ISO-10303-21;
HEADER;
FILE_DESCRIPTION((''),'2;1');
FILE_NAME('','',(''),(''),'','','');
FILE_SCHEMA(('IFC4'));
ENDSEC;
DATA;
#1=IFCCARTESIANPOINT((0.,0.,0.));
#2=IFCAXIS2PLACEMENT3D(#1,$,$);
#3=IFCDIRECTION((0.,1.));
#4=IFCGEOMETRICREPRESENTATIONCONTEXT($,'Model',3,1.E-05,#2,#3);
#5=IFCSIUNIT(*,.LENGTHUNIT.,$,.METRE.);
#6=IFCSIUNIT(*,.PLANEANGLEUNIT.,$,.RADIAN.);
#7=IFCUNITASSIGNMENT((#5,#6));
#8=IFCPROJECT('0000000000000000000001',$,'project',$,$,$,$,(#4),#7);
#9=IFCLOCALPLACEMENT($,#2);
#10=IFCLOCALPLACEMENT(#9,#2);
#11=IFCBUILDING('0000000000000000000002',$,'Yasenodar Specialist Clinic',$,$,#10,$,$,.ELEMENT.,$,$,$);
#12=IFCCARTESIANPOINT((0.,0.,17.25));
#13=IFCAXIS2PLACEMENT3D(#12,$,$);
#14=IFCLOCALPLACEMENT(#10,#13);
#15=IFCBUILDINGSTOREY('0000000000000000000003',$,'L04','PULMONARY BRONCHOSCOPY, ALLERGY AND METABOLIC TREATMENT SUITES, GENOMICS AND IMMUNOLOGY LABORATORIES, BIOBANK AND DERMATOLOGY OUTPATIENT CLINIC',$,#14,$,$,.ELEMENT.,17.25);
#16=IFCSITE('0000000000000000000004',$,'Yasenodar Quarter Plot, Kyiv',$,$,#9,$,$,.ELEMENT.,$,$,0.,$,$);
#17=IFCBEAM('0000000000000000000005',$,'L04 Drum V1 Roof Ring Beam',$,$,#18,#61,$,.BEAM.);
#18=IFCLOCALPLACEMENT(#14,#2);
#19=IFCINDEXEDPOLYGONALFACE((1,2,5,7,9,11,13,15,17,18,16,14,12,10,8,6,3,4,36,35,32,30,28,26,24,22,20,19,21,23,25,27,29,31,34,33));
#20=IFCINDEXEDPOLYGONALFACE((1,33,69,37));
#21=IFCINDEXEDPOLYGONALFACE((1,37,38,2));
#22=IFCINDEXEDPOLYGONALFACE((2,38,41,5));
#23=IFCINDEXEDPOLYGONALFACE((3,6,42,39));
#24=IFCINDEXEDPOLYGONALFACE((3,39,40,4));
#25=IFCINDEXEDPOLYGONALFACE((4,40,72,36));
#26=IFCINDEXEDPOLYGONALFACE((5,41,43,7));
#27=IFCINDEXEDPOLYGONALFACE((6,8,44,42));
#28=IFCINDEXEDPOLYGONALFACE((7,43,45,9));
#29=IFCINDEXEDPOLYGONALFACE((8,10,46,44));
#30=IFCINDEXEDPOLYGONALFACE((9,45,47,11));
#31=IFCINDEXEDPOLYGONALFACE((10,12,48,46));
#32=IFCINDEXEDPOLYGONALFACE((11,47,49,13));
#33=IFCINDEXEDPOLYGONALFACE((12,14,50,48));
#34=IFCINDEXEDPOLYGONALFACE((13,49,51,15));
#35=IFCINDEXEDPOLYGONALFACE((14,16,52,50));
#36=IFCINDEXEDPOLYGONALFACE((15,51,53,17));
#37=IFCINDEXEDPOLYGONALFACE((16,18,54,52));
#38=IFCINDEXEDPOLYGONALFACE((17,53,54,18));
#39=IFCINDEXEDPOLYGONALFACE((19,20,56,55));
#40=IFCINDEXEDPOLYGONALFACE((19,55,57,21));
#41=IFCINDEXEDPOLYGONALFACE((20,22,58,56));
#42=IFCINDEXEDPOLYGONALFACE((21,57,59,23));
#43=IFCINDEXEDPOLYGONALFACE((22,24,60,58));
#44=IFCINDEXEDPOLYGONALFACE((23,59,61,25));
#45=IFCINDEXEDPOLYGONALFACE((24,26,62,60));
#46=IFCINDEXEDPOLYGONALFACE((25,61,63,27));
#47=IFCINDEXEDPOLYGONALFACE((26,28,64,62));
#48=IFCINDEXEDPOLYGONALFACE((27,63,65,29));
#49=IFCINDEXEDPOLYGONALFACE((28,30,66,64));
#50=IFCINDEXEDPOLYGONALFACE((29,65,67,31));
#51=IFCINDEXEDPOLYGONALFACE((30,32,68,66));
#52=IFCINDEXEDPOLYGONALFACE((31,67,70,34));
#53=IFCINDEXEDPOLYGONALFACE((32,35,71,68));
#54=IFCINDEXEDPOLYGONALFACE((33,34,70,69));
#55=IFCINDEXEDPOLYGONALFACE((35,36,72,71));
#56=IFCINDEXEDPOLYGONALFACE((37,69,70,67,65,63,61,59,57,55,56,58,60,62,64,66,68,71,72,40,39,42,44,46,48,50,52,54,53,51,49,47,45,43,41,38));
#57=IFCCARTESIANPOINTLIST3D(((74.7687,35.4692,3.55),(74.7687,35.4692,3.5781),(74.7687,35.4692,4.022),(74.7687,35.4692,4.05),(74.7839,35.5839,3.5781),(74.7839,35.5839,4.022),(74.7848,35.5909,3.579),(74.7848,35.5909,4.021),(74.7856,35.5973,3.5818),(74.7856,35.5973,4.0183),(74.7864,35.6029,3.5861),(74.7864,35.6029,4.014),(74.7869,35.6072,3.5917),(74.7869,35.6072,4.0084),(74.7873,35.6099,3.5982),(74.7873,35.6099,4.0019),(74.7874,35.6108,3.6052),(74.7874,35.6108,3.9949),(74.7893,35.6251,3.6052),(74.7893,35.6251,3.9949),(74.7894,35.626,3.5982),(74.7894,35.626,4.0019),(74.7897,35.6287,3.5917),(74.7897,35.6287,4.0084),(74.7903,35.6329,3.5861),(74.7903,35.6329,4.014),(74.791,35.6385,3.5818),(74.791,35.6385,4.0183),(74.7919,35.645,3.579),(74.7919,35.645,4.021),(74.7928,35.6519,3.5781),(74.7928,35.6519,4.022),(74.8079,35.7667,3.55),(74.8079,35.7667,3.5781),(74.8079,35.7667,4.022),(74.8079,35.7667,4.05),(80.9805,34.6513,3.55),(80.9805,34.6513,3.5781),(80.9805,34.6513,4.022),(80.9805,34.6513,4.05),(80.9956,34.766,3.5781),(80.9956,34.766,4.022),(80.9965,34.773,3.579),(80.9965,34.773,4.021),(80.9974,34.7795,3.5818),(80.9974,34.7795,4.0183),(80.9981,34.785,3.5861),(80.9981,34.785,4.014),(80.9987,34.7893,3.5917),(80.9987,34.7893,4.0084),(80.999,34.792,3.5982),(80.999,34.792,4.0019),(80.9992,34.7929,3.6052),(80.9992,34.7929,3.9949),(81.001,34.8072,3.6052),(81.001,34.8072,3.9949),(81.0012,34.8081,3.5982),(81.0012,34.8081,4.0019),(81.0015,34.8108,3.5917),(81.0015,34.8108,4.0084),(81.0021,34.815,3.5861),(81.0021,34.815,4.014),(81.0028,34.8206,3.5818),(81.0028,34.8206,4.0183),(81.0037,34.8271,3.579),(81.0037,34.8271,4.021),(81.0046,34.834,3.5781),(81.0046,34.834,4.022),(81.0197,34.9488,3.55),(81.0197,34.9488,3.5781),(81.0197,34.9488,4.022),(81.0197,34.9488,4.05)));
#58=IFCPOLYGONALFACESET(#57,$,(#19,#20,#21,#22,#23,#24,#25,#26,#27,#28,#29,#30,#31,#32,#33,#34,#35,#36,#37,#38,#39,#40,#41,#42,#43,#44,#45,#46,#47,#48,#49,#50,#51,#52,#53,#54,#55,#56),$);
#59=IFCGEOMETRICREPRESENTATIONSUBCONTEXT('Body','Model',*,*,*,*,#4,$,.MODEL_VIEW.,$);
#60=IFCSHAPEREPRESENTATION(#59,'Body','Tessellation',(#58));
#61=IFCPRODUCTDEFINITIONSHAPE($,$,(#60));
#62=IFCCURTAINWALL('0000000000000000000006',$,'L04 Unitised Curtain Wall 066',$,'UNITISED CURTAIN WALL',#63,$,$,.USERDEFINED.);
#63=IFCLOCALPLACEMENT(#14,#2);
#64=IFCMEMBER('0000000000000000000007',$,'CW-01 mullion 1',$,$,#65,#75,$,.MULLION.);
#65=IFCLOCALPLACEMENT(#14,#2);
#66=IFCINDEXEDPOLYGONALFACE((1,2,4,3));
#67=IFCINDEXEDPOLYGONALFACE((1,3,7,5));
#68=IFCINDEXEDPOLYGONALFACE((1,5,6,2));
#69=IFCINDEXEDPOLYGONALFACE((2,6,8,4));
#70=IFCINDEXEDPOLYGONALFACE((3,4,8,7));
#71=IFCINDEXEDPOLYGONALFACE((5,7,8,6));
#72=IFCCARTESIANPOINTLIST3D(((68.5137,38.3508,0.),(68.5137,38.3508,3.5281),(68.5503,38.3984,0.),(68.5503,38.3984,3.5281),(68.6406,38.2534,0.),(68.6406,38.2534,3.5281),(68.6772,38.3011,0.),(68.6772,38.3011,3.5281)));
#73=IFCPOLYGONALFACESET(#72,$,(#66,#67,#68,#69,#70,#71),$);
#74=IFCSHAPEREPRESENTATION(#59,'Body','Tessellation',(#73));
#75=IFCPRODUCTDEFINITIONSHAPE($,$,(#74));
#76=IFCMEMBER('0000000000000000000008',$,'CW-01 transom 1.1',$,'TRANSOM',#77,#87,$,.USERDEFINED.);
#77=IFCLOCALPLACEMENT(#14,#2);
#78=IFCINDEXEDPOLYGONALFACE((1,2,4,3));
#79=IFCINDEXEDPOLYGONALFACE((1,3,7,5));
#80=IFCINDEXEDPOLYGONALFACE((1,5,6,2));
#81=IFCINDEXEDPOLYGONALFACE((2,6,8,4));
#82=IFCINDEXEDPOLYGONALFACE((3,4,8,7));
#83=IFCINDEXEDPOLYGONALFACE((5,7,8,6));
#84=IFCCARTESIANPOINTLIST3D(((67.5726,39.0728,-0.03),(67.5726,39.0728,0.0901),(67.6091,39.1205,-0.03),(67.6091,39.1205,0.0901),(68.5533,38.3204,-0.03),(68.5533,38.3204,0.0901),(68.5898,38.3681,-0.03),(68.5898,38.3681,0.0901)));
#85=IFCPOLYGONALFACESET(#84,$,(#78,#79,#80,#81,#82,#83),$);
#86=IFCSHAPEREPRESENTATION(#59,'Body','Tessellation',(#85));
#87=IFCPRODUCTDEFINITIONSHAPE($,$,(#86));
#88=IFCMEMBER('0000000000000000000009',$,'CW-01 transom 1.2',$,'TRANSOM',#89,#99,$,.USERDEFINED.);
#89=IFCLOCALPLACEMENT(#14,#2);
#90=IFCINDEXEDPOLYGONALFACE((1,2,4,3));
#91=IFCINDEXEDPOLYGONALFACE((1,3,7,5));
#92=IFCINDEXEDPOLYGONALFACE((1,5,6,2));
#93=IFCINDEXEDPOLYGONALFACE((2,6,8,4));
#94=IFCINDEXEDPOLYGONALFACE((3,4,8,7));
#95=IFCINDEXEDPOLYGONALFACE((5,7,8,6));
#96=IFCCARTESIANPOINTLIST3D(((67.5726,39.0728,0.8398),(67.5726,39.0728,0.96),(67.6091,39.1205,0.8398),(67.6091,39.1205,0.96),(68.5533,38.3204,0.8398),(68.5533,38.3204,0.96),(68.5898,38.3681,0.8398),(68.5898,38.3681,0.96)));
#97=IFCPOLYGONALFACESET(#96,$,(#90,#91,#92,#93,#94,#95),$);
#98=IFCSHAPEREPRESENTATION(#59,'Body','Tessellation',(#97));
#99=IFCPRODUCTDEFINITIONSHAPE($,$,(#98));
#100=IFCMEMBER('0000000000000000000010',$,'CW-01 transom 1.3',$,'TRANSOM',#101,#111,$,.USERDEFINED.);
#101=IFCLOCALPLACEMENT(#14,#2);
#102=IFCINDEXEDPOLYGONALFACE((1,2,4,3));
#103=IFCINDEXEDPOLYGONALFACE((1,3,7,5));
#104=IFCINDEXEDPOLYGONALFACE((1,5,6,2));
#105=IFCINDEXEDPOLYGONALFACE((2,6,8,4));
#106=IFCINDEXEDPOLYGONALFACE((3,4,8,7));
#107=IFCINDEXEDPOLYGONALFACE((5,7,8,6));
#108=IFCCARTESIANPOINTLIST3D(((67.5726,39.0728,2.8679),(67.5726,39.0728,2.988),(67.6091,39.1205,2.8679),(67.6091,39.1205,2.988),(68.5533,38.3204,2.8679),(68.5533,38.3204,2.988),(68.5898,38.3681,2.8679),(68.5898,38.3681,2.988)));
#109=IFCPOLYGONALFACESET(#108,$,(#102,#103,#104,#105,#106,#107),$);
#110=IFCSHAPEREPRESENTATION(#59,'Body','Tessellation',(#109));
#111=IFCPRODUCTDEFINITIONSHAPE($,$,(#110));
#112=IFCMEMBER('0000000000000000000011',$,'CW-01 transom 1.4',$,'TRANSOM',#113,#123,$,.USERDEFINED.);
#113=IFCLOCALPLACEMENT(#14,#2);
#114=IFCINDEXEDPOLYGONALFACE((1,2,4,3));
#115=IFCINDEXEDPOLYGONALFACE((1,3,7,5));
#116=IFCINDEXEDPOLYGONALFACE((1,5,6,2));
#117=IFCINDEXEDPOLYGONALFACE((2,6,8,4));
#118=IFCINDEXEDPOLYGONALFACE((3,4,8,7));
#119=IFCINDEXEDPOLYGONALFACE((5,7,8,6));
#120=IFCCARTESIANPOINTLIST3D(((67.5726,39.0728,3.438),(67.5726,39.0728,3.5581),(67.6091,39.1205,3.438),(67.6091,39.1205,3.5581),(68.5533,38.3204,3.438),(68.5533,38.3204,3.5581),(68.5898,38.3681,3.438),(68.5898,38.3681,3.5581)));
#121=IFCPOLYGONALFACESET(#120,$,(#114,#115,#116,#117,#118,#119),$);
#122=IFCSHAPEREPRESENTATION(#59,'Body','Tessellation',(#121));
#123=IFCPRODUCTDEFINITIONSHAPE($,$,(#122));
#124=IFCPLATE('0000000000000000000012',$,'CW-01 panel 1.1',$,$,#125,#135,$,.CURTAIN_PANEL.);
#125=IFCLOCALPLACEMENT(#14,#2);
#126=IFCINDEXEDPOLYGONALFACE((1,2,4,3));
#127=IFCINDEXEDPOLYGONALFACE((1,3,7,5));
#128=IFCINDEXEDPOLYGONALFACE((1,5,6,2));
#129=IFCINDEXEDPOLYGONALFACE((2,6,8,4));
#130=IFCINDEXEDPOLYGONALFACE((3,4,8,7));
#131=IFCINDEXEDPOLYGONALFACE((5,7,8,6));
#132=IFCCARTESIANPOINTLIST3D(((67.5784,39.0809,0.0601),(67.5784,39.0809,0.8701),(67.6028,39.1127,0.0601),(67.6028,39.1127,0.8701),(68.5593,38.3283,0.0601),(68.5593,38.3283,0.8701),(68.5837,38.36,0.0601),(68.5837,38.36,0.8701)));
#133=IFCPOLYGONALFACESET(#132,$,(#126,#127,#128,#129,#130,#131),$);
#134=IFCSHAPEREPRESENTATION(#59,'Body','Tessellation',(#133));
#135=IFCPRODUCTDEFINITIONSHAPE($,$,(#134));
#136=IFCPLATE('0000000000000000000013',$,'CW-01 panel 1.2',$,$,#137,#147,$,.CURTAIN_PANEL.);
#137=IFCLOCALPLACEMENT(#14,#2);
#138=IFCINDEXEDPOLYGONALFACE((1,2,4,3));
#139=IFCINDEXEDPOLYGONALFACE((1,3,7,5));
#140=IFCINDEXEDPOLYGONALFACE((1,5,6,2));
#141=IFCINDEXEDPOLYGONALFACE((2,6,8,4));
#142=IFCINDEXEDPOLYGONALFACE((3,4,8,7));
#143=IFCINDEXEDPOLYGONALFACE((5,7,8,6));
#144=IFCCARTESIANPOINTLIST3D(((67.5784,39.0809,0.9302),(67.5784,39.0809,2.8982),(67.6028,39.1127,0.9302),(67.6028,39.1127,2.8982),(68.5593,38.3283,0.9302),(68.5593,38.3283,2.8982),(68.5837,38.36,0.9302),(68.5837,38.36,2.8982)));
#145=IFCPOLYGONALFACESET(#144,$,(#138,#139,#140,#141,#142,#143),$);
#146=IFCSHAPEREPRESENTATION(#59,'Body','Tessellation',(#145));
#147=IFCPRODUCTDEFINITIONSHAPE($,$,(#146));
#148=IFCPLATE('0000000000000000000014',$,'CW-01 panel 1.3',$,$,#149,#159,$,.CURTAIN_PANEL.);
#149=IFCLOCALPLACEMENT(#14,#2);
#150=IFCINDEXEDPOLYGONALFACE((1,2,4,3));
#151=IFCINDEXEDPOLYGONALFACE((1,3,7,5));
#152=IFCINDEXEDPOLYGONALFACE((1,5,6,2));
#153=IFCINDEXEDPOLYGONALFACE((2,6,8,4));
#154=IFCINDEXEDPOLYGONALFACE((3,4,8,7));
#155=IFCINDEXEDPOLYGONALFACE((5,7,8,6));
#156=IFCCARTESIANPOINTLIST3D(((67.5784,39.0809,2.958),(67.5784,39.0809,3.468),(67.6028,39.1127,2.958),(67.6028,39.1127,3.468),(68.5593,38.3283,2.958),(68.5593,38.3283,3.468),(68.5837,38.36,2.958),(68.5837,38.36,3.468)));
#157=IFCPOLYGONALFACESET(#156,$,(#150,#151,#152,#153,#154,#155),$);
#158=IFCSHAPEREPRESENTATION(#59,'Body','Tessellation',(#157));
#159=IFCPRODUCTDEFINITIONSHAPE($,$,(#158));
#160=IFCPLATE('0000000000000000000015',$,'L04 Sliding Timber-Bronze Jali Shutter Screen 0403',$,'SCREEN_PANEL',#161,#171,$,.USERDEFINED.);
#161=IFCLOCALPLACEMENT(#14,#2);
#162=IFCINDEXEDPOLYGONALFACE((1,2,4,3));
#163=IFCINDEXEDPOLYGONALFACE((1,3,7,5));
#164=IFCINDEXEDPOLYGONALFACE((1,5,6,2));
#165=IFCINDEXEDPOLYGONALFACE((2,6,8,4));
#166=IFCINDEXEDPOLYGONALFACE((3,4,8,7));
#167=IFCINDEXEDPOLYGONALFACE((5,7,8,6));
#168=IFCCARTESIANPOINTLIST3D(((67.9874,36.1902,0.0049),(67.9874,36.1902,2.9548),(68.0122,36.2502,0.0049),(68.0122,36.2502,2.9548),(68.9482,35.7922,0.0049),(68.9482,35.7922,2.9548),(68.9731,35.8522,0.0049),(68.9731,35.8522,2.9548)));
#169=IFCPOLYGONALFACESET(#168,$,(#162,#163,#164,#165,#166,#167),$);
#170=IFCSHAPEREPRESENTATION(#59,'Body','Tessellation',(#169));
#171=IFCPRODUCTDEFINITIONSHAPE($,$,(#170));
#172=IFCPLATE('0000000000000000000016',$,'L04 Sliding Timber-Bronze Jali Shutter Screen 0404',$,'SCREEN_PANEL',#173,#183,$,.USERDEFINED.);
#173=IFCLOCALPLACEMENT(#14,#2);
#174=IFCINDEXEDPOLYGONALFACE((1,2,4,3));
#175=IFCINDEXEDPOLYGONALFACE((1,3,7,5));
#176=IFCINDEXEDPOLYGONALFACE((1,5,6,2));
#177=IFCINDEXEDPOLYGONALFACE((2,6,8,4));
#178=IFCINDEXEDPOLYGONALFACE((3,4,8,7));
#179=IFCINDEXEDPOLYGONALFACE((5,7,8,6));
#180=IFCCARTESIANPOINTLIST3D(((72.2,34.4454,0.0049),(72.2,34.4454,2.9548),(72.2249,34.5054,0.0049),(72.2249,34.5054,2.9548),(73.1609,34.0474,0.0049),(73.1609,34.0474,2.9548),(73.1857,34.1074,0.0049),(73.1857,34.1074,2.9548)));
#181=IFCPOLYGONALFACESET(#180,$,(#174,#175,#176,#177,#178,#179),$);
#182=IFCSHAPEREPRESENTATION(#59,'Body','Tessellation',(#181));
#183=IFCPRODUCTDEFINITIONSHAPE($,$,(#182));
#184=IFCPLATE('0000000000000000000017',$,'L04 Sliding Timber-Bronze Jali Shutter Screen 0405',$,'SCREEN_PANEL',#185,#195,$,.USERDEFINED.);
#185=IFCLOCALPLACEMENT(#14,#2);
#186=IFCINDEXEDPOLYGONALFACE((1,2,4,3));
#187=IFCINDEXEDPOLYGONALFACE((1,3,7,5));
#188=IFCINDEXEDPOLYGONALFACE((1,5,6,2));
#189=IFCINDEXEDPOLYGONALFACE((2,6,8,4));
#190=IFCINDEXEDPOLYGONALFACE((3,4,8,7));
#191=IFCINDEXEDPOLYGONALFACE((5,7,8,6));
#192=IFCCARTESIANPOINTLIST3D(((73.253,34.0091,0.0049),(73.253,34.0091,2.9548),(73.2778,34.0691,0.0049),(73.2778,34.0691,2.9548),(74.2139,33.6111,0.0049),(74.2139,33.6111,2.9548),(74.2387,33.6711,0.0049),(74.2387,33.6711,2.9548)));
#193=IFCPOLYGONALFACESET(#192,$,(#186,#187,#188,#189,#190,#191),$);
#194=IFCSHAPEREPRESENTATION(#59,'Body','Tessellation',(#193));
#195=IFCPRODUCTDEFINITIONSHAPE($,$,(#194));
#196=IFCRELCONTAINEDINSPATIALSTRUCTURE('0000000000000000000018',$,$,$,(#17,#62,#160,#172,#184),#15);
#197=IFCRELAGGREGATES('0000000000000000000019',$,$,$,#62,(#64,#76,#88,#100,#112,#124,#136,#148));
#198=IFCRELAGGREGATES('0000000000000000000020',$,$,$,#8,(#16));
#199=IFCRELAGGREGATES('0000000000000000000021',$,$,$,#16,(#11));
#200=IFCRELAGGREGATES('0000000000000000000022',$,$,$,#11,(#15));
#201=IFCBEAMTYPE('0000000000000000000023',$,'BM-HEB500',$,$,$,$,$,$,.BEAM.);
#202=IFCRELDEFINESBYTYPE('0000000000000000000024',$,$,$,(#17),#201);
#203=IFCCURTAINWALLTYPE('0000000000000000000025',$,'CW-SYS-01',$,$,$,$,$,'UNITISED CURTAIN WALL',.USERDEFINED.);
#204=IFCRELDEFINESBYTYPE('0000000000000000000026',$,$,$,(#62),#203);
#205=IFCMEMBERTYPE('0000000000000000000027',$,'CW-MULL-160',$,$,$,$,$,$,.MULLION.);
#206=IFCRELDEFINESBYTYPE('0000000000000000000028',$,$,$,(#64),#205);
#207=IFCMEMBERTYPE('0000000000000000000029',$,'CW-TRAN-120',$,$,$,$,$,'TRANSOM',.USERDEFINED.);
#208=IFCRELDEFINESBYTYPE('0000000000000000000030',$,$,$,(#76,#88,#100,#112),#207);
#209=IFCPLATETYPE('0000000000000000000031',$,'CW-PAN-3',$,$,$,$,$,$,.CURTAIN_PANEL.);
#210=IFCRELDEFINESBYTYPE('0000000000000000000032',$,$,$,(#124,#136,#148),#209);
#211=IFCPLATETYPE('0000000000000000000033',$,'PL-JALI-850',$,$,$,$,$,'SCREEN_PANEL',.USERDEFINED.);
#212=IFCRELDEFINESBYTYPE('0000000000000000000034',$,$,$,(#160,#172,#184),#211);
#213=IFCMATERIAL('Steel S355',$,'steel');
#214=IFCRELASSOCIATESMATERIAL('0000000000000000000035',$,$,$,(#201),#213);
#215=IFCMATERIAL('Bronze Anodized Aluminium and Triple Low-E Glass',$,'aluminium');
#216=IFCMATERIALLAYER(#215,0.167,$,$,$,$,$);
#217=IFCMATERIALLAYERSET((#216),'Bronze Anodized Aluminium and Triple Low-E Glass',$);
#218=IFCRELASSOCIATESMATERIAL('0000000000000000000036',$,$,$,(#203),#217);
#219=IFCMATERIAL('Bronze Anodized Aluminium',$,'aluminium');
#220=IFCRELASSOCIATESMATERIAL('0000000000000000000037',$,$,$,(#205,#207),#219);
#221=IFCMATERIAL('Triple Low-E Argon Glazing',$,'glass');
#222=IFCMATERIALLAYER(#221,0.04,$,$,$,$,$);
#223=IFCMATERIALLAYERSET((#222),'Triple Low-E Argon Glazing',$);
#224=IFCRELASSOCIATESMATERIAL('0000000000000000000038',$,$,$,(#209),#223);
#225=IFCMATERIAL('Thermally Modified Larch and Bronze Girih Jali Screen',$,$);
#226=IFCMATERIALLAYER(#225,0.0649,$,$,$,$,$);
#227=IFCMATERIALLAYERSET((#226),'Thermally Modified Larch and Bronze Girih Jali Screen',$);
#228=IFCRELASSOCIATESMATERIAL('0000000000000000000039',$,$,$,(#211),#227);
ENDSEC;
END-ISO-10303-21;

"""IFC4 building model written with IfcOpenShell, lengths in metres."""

from ifc_helpers import new_model, si_unit, direction, frame, origin, origin_2d, place, context, subcontext, project, spatial, rectangle, i_section, extrude, material, layer, layer_set, material_profile, profile_set, type_object, element, aggregate, save


model = new_model("IFC4")

# Units and contexts
model_context = context("Model", 3, precision=1e-05, world=origin(), true_north=direction((0.0, 1.0)))
body_context = subcontext(model_context, "Body", "Model", "MODEL_VIEW")
ifc_project = project(units=[si_unit("LENGTHUNIT", "METRE"), si_unit("PLANEANGLEUNIT", "RADIAN")], contexts=[model_context])

# Site, building, storey
site_placement = place(None, origin())
site = spatial("IfcSite", under=ifc_project, at=site_placement, Name="Yasenodar Quarter Plot, Kyiv", CompositionType="ELEMENT", RefElevation=0.0)
building_placement = place(site_placement, origin())
building = spatial("IfcBuilding", under=site, at=building_placement, Name="Yasenodar Specialist Clinic", CompositionType="ELEMENT")
storey_placement = place(building_placement, frame((0.0, 0.0, 17.25)))
storey = spatial("IfcBuildingStorey", under=building, at=storey_placement, Name="L04", Description="PULMONARY BRONCHOSCOPY, ALLERGY AND METABOLIC TREATMENT SUITES, GENOMICS AND IMMUNOLOGY LABORATORIES, BIOBANK AND DERMATOLOGY OUTPATIENT CLINIC", CompositionType="ELEMENT", Elevation=17.25)

# Shared definitions
ifc_material_1 = material(Name="Steel S355", Category="steel")

# Beam
ifc_material_profile_1 = material_profile(ifc_material_1, i_section(OverallWidth=0.3, OverallDepth=0.5, WebThickness=0.0144, FlangeThickness=0.0281, FilletRadius=0.0271, at=origin_2d()), Name="HEB 500")
ifc_profile_set_1 = profile_set([ifc_material_profile_1], Name="Steel S355")
beam_type = type_object("IfcBeamType", Name="BM-HEB500", PredefinedType="BEAM", material=ifc_profile_set_1)
beam_1_placement = place(storey_placement, frame((74.7883, 35.6179, 3.8), z_axis=(0.991443, -0.13054, 0.0), x_axis=(0.13054, 0.991443, 0.0)))
element("IfcBeam", 1, at=beam_1_placement, inside=storey, type_object=beam_type, Name="L04 Drum V1 Roof Ring Beam", PredefinedType="BEAM", context=body_context, shape_type="SweptSolid", body=[
    extrude(i_section(OverallWidth=0.3, OverallDepth=0.5, WebThickness=0.0144, FlangeThickness=0.0281, FilletRadius=0.0271, at=origin_2d()), origin(), (0.0, 0.0, 1.0), 6.2654),
])

# Curtain wall, members, plates
ifc_material_2 = material(Name="Bronze Anodized Aluminium and Triple Low-E Glass", Category="aluminium")
ifc_layer_1 = layer(ifc_material_2, 0.167)
ifc_layer_set_1 = layer_set([ifc_layer_1], Name="Bronze Anodized Aluminium and Triple Low-E Glass")
curtain_wall_type = type_object("IfcCurtainWallType", Name="CW-SYS-01", ElementType="UNITISED CURTAIN WALL", PredefinedType="USERDEFINED", material=ifc_layer_set_1)
curtain_wall_placement = place(storey_placement, origin())
curtain_wall = element("IfcCurtainWall", 2, at=curtain_wall_placement, inside=storey, type_object=curtain_wall_type, Name="L04 Unitised Curtain Wall 066", ObjectType="UNITISED CURTAIN WALL", PredefinedType="USERDEFINED")
ifc_material_3 = material(Name="Bronze Anodized Aluminium", Category="aluminium")
ifc_material_profile_2 = material_profile(ifc_material_3, rectangle(XDim=0.0601, YDim=0.1599, at=origin_2d()), Name="CW-MULL 60x160")
ifc_profile_set_2 = profile_set([ifc_material_profile_2], Name="Bronze Anodized Aluminium")
member_type_1 = type_object("IfcMemberType", Name="CW-MULL-160", PredefinedType="MULLION", material=ifc_profile_set_2)
member_1_placement = place(storey_placement, frame((68.5955, 38.3259, 0.0), z_axis=(0.0, 0.0, 1.0), x_axis=(-0.608752, -0.793361, 0.0)))
member_1 = element("IfcMember", 3, at=member_1_placement, type_object=member_type_1, Name="CW-01 mullion 1", PredefinedType="MULLION", context=body_context, shape_type="SweptSolid", body=[
    extrude(rectangle(XDim=0.0601, YDim=0.1599, at=origin_2d()), origin(), (0.0, 0.0, 1.0), 3.5281),
])
ifc_material_profile_3 = material_profile(ifc_material_3, rectangle(XDim=0.0601, YDim=0.1201, at=origin_2d()), Name="CW-TRAN 60x120")
ifc_profile_set_3 = profile_set([ifc_material_profile_3], Name="Bronze Anodized Aluminium")
member_type_2 = type_object("IfcMemberType", Name="CW-TRAN-120", ElementType="TRANSOM", PredefinedType="USERDEFINED", material=ifc_profile_set_3)
member_2_placement = place(storey_placement, frame((68.5715, 38.3442, 0.03), z_axis=(-0.793387, 0.608718, 0.0), x_axis=(-0.608718, -0.793387, 0.0)))
member_2 = element("IfcMember", 4, at=member_2_placement, type_object=member_type_2, Name="CW-01 transom 1.1", ObjectType="TRANSOM", PredefinedType="USERDEFINED", context=body_context, shape_type="SweptSolid", body=[
    extrude(rectangle(XDim=0.0601, YDim=0.1201, at=origin_2d()), origin(), (0.0, 0.0, 1.0), 1.2361),
])
member_3_placement = place(storey_placement, frame((68.5715, 38.3442, 0.8999), z_axis=(-0.793387, 0.608718, 0.0), x_axis=(-0.608718, -0.793387, 0.0)))
member_3 = element("IfcMember", 5, at=member_3_placement, type_object=member_type_2, Name="CW-01 transom 1.2", ObjectType="TRANSOM", PredefinedType="USERDEFINED", context=body_context, shape_type="SweptSolid", body=[
    extrude(rectangle(XDim=0.0601, YDim=0.1201, at=origin_2d()), origin(), (0.0, 0.0, 1.0), 1.2361),
])
member_4_placement = place(storey_placement, frame((68.5715, 38.3442, 2.928), z_axis=(-0.793387, 0.608718, 0.0), x_axis=(-0.608718, -0.793387, 0.0)))
member_4 = element("IfcMember", 6, at=member_4_placement, type_object=member_type_2, Name="CW-01 transom 1.3", ObjectType="TRANSOM", PredefinedType="USERDEFINED", context=body_context, shape_type="SweptSolid", body=[
    extrude(rectangle(XDim=0.0601, YDim=0.1201, at=origin_2d()), origin(), (0.0, 0.0, 1.0), 1.2361),
])
member_5_placement = place(storey_placement, frame((68.5715, 38.3442, 3.498), z_axis=(-0.793387, 0.608718, 0.0), x_axis=(-0.608718, -0.793387, 0.0)))
member_5 = element("IfcMember", 7, at=member_5_placement, type_object=member_type_2, Name="CW-01 transom 1.4", ObjectType="TRANSOM", PredefinedType="USERDEFINED", context=body_context, shape_type="SweptSolid", body=[
    extrude(rectangle(XDim=0.0601, YDim=0.1201, at=origin_2d()), origin(), (0.0, 0.0, 1.0), 1.2361),
])
ifc_material_4 = material(Name="Triple Low-E Argon Glazing", Category="glass")
ifc_layer_2 = layer(ifc_material_4, 0.04)
ifc_layer_set_2 = layer_set([ifc_layer_2], Name="Triple Low-E Argon Glazing")
plate_type_1 = type_object("IfcPlateType", Name="CW-PAN-3", PredefinedType="CURTAIN_PANEL", material=ifc_layer_set_2)
plate_1_placement = place(storey_placement, frame((68.0811, 38.7205, 0.0601), z_axis=(0.0, 0.0, 1.0), x_axis=(-0.793361, 0.608752, 0.0)))
plate_1 = element("IfcPlate", 8, at=plate_1_placement, type_object=plate_type_1, Name="CW-01 panel 1.1", PredefinedType="CURTAIN_PANEL", context=body_context, shape_type="SweptSolid", body=[
    extrude(rectangle(XDim=1.2363, YDim=0.04, at=origin_2d()), origin(), (0.0, 0.0, 1.0), 0.8101),
])
plate_2_placement = place(storey_placement, frame((68.0811, 38.7205, 0.9302), z_axis=(0.0, 0.0, 1.0), x_axis=(-0.793361, 0.608752, 0.0)))
plate_2 = element("IfcPlate", 9, at=plate_2_placement, type_object=plate_type_1, Name="CW-01 panel 1.2", PredefinedType="CURTAIN_PANEL", context=body_context, shape_type="SweptSolid", body=[
    extrude(rectangle(XDim=1.2363, YDim=0.04, at=origin_2d()), origin(), (0.0, 0.0, 1.0), 1.968),
])
plate_3_placement = place(storey_placement, frame((68.0811, 38.7205, 2.958), z_axis=(0.0, 0.0, 1.0), x_axis=(-0.793361, 0.608752, 0.0)))
plate_3 = element("IfcPlate", 10, at=plate_3_placement, type_object=plate_type_1, Name="CW-01 panel 1.3", PredefinedType="CURTAIN_PANEL", context=body_context, shape_type="SweptSolid", body=[
    extrude(rectangle(XDim=1.2363, YDim=0.04, at=origin_2d()), origin(), (0.0, 0.0, 1.0), 0.51),
])
aggregate(curtain_wall, [member_1, member_2, member_3, member_4, member_5, plate_1, plate_2, plate_3])

# Plates
ifc_material_5 = material(Name="Thermally Modified Larch and Bronze Girih Jali Screen")
ifc_layer_3 = layer(ifc_material_5, 0.0649)
ifc_layer_set_3 = layer_set([ifc_layer_3], Name="Thermally Modified Larch and Bronze Girih Jali Screen")
plate_type_2 = type_object("IfcPlateType", Name="PL-JALI-850", ElementType="SCREEN_PANEL", PredefinedType="USERDEFINED", material=ifc_layer_set_3)
for number, where, z_axis, x_axis, name in (
    (11, (68.4802, 36.0212, 0.0049), (0.0, 0.0, 1.0), (0.923878, -0.382687, 0.0), "L04 Sliding Timber-Bronze Jali Shutter Screen 0403"),
    (12, (72.6929, 34.2764, 0.0049), (0.0, 0.0, 1.0), (0.923878, -0.382687, 0.0), "L04 Sliding Timber-Bronze Jali Shutter Screen 0404"),
    (13, (73.7458, 33.8401, 0.0049), (0.0, 0.0, 1.0), (0.923878, -0.382687, 0.0), "L04 Sliding Timber-Bronze Jali Shutter Screen 0405"),
):
    element("IfcPlate", number, at=place(storey_placement, frame(where, z_axis=z_axis, x_axis=x_axis)), inside=storey, type_object=plate_type_2, Name=name, ObjectType="SCREEN_PANEL", PredefinedType="USERDEFINED", context=body_context, shape_type="SweptSolid", body=[
        extrude(rectangle(XDim=1.04, YDim=0.0649, at=origin_2d()), origin(), (0.0, 0.0, 1.0), 2.95),
    ])

save(model, "model.ifc")
